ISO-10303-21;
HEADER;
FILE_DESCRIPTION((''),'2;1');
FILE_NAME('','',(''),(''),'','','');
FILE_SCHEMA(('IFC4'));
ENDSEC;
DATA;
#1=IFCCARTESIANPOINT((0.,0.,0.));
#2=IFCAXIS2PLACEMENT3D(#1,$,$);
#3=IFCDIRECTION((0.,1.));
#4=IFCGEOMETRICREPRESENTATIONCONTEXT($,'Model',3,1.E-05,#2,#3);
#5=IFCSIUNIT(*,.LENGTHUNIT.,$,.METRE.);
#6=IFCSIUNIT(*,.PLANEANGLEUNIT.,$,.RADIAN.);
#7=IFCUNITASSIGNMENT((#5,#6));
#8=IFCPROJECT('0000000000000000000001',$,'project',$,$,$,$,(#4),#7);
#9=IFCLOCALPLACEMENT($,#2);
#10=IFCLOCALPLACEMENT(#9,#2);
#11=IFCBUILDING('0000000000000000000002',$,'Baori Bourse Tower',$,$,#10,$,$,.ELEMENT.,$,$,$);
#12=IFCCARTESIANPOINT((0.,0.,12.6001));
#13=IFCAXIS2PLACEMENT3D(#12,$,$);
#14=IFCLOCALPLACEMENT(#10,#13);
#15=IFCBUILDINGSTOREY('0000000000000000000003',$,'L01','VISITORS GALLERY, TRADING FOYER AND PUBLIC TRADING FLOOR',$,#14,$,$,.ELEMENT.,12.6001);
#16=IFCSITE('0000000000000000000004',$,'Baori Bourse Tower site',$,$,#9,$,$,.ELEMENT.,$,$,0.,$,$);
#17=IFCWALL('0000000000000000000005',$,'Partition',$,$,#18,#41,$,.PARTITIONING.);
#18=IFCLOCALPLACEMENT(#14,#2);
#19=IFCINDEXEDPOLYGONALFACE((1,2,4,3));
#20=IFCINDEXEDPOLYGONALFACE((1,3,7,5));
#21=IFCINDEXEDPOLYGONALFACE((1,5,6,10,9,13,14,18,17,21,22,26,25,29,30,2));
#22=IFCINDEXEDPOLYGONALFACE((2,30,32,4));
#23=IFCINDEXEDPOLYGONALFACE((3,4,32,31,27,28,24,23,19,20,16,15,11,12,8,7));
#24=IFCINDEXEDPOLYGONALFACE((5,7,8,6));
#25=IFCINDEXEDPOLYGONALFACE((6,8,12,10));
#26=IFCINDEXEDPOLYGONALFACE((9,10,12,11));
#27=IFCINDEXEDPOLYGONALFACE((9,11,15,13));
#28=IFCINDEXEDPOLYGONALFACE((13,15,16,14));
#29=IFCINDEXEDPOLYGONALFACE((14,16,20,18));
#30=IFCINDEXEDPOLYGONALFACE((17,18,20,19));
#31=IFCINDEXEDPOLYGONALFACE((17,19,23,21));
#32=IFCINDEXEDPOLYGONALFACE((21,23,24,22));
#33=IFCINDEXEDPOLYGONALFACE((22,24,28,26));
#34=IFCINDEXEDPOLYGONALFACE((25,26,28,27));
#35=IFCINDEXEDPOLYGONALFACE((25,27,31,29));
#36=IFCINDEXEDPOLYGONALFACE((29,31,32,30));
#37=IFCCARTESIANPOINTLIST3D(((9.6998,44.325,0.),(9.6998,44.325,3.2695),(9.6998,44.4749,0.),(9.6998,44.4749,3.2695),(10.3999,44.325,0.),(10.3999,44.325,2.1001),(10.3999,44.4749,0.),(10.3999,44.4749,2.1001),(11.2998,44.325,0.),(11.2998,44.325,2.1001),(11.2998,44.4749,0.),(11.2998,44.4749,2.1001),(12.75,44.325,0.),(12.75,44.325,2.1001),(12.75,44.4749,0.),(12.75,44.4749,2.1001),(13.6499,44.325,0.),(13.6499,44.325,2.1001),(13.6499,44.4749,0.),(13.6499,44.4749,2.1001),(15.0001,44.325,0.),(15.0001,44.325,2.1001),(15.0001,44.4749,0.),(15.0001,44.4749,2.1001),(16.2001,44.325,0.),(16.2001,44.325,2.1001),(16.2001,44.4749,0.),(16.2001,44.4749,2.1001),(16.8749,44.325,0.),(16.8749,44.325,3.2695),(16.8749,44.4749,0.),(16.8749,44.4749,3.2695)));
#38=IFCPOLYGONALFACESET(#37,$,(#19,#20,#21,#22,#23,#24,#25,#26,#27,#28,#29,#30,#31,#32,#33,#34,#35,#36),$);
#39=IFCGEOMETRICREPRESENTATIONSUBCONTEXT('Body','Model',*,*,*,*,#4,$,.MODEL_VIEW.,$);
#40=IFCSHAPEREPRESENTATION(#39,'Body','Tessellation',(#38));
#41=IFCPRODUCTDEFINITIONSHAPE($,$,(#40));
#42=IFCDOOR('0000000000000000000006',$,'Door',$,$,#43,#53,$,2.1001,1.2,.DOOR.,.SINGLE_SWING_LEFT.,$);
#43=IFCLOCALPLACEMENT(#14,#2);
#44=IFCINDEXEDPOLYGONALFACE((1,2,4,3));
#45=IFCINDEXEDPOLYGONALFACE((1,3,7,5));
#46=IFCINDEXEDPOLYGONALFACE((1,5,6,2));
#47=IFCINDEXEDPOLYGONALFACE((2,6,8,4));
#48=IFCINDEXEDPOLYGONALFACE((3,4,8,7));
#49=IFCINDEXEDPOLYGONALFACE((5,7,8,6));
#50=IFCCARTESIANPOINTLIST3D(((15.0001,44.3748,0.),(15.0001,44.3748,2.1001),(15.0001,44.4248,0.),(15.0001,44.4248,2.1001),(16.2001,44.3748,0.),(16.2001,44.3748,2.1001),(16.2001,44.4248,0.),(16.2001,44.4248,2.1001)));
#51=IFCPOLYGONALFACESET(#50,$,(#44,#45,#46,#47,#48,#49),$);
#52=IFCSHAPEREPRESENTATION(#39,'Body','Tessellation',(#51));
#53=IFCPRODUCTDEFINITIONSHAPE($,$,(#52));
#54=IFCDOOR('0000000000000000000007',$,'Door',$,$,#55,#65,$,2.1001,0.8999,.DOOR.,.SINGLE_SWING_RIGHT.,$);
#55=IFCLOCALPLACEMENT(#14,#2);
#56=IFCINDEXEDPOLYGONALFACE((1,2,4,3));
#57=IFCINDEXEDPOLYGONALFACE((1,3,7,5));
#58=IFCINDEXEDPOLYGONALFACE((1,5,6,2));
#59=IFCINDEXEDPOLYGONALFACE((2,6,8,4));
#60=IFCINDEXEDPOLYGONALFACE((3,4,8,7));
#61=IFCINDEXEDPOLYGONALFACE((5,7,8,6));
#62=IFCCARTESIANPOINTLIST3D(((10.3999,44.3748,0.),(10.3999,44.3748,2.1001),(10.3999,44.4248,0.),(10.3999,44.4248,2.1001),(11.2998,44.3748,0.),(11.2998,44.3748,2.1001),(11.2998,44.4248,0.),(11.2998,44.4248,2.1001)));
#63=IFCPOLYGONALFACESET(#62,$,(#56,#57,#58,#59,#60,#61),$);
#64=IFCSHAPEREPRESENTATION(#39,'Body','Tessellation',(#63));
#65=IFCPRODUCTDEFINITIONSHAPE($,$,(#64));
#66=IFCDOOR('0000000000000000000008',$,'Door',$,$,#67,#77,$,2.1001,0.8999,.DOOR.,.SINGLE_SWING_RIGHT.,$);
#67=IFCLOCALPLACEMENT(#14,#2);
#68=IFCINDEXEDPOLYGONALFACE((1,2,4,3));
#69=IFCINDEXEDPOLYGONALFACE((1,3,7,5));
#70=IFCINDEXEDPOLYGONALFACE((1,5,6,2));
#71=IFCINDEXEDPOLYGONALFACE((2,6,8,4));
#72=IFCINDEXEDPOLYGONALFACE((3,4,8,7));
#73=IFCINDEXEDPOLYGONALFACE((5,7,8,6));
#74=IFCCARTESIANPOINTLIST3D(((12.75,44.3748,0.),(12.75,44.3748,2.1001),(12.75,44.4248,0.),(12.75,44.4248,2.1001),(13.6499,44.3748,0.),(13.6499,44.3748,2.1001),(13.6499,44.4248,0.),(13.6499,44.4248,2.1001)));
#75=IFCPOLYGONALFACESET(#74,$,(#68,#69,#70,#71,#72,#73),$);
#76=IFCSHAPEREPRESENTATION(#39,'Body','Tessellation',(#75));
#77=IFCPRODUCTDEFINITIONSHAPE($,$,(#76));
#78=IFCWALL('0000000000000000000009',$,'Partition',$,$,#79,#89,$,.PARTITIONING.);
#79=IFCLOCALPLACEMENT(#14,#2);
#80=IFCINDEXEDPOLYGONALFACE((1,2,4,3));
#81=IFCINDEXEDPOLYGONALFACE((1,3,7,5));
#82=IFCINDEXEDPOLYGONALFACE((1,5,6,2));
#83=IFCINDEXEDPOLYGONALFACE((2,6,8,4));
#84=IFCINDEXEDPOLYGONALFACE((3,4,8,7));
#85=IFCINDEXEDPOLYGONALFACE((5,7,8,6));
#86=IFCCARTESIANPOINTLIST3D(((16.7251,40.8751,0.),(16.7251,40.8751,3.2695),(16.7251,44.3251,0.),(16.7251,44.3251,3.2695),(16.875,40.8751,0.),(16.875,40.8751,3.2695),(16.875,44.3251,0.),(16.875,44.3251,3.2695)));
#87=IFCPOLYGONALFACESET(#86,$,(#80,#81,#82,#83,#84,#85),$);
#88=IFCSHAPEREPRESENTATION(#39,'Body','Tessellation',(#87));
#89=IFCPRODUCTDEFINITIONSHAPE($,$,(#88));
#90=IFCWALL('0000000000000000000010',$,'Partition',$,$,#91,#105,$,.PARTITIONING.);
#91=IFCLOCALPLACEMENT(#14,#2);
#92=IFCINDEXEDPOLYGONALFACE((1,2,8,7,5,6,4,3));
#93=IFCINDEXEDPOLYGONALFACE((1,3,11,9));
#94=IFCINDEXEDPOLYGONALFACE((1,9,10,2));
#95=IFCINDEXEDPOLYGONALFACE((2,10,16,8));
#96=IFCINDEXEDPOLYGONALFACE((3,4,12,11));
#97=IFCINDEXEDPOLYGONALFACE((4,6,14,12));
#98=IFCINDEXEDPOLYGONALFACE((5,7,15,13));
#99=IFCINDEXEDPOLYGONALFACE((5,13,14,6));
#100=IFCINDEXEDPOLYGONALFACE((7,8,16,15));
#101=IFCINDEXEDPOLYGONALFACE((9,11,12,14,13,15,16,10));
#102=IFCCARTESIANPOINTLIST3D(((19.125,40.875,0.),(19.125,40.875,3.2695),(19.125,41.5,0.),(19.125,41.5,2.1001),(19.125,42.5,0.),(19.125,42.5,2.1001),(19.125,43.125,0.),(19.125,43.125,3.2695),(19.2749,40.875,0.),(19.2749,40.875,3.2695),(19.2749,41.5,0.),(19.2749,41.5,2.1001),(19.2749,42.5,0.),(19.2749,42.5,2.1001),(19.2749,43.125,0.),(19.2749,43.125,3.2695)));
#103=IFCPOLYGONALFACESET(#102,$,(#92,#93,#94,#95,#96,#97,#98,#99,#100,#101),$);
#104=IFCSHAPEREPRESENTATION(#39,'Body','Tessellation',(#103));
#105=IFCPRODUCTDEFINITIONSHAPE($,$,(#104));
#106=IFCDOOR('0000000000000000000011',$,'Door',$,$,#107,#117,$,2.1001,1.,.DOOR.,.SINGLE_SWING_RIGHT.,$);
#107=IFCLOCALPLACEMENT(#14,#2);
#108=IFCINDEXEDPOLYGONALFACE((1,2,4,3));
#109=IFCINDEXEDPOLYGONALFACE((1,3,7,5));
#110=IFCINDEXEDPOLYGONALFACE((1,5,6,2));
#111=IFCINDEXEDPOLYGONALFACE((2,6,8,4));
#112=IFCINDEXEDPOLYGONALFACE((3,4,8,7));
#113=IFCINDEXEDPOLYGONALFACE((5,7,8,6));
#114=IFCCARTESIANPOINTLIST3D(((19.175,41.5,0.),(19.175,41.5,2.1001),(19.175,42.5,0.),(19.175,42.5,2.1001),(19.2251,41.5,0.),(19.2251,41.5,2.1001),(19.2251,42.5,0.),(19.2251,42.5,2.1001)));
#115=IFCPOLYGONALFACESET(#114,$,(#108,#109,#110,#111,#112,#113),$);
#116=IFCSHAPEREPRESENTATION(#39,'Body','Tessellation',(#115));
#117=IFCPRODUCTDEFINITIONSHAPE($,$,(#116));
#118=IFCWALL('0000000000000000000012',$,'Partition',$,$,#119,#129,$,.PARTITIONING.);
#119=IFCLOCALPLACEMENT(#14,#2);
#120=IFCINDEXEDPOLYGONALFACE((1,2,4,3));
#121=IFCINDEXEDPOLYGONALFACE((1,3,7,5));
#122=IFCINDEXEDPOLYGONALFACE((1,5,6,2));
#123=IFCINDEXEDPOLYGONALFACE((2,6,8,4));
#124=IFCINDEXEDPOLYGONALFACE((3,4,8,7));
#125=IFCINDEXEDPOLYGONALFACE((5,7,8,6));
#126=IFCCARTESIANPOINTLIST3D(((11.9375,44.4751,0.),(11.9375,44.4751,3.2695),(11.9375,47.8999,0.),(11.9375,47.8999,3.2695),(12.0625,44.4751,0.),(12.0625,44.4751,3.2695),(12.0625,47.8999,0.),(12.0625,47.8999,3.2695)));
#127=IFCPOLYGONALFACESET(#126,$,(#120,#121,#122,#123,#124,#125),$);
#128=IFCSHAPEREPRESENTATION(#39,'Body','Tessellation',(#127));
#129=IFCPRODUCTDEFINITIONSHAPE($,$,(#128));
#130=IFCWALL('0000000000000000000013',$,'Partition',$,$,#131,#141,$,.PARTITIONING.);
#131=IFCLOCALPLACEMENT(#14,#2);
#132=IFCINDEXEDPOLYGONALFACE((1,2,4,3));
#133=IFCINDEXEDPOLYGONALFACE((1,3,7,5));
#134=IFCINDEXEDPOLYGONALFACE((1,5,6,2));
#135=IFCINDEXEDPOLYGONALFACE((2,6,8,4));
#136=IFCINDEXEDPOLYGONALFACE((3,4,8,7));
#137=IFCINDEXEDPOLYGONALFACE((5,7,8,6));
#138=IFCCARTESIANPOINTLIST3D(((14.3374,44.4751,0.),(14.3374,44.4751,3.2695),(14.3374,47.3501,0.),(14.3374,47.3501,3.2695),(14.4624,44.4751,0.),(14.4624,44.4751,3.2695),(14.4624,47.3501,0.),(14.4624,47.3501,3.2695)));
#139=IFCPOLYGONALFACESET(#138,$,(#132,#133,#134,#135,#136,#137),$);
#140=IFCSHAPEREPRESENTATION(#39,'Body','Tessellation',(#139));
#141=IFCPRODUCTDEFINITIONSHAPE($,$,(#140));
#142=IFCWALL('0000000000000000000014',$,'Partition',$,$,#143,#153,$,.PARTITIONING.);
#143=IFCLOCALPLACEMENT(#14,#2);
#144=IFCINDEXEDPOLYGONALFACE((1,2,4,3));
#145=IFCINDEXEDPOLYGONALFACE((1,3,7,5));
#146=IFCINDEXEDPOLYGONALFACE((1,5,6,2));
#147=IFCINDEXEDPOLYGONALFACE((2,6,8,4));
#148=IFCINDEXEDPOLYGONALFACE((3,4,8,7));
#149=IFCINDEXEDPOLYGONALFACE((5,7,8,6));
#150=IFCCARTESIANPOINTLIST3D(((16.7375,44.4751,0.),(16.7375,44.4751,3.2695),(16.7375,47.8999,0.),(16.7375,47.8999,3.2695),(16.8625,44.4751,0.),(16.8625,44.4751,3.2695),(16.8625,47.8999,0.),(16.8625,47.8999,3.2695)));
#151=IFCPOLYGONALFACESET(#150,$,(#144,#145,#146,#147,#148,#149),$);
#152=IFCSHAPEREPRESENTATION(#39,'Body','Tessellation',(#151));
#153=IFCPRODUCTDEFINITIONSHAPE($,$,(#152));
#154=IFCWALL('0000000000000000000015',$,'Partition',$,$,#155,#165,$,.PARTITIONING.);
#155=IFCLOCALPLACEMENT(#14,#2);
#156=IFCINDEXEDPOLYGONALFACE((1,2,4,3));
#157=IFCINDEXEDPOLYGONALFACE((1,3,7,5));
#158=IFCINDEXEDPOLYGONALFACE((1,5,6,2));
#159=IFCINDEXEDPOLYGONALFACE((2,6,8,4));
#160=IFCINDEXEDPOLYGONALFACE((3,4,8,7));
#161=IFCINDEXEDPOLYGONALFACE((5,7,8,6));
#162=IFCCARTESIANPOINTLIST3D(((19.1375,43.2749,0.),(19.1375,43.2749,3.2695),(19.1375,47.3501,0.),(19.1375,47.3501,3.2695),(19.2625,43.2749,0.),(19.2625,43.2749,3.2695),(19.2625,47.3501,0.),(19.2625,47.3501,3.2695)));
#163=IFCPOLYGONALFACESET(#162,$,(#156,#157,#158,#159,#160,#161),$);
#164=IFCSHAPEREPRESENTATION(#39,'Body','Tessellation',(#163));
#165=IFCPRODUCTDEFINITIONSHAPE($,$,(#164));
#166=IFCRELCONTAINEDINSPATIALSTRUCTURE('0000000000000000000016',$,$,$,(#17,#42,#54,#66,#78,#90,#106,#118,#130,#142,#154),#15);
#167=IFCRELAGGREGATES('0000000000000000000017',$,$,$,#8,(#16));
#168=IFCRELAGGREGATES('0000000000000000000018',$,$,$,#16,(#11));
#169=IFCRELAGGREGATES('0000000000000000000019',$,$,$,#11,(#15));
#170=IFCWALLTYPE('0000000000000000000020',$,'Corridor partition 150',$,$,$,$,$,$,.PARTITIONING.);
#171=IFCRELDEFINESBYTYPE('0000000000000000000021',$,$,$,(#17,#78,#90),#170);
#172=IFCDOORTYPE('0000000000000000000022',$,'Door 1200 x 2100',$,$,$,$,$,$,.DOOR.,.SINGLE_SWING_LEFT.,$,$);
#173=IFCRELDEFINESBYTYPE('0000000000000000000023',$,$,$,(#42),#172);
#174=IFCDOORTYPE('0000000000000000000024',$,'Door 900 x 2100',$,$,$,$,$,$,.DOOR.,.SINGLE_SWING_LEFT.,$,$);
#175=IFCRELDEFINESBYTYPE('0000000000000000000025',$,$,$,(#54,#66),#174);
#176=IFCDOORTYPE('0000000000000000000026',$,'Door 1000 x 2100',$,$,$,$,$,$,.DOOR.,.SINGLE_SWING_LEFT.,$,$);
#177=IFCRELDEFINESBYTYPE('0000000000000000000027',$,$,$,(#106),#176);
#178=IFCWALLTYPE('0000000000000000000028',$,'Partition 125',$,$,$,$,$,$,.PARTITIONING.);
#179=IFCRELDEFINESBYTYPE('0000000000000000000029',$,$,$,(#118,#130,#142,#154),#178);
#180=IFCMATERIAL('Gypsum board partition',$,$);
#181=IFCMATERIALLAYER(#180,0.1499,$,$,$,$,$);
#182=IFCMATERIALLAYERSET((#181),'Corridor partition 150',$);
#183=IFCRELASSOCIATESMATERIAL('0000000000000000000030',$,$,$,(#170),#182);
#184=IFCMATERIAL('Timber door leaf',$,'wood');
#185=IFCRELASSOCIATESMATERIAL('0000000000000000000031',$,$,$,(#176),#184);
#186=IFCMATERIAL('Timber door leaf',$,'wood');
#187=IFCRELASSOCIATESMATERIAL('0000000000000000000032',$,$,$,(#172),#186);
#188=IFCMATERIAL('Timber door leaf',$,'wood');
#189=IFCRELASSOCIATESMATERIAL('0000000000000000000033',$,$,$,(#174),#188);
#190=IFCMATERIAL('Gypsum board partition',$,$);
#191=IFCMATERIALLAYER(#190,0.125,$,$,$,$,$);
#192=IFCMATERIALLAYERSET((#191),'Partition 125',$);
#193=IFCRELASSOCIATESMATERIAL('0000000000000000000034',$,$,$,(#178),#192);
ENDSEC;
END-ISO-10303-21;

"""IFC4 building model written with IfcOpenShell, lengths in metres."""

from ifc_helpers import new_model, si_unit, direction, frame, frame_2d, origin, place, context, subcontext, project, spatial, rectangle, extrude, material, layer, layer_set, type_object, element, fill, save


model = new_model("IFC4")

# Units and contexts
model_context = context("Model", 3, precision=1e-05, world=origin(), true_north=direction((0.0, 1.0)))
body_context = subcontext(model_context, "Body", "Model", "MODEL_VIEW")
ifc_project = project(units=[si_unit("LENGTHUNIT", "METRE"), si_unit("PLANEANGLEUNIT", "RADIAN")], contexts=[model_context])

# Site, building, storey
site_placement = place(None, origin())
site = spatial("IfcSite", under=ifc_project, at=site_placement, Name="Baori Bourse Tower site", CompositionType="ELEMENT", RefElevation=0.0)
building_placement = place(site_placement, origin())
building = spatial("IfcBuilding", under=site, at=building_placement, Name="Baori Bourse Tower", CompositionType="ELEMENT")
storey_placement = place(building_placement, frame((0.0, 0.0, 12.6001)))
storey = spatial("IfcBuildingStorey", under=building, at=storey_placement, Name="L01", Description="VISITORS GALLERY, TRADING FOYER AND PUBLIC TRADING FLOOR", CompositionType="ELEMENT", Elevation=12.6001)

# Wall, openings, doors
ifc_material_1 = material(Name="Gypsum board partition")
ifc_layer_1 = layer(ifc_material_1, 0.1499)
ifc_layer_set_1 = layer_set([ifc_layer_1], Name="Corridor partition 150")
wall_type_1 = type_object("IfcWallType", Name="Corridor partition 150", PredefinedType="PARTITIONING", material=ifc_layer_set_1)
ifc_material_2 = material(Name="Timber door leaf", Category="wood")
door_type_1 = type_object("IfcDoorType", Name="Door 1000 x 2100", OperationType="SINGLE_SWING_LEFT", PredefinedType="DOOR", material=ifc_material_2)
wall_1_placement = place(storey_placement, frame((9.7, 44.3999, 0.0), z_axis=(0.0, 0.0, 1.0), x_axis=(1.0, 0.0, 0.0)))
wall_1 = element("IfcWall", 1, at=wall_1_placement, inside=storey, type_object=wall_type_1, Name="Partition", PredefinedType="PARTITIONING", context=body_context, shape_type="SweptSolid", body=[
    extrude(rectangle(XDim=7.175, YDim=0.1499, at=frame_2d((3.5874, 0.0))), origin(), (0.0, 0.0, 1.0), 3.2695),
])
opening_1_placement = place(wall_1_placement, frame((0.7, 0.0, 0.0)))
opening_1 = element("IfcOpeningElement", 2, at=opening_1_placement, cuts=wall_1, PredefinedType="OPENING", context=body_context, shape_type="SweptSolid", body=[
    extrude(rectangle(XDim=0.8999, YDim=2.1001, at=frame_2d((0.45, 1.05))), frame((0.0, 0.085, 0.0), z_axis=(0.0, -1.0, 0.0), x_axis=(1.0, 0.0, 0.0)), (0.0, 0.0, 1.0), 0.1699),
])
opening_2_placement = place(wall_1_placement, frame((3.05, 0.0, 0.0)))
opening_2 = element("IfcOpeningElement", 3, at=opening_2_placement, cuts=wall_1, PredefinedType="OPENING", context=body_context, shape_type="SweptSolid", body=[
    extrude(rectangle(XDim=0.8999, YDim=2.1001, at=frame_2d((0.45, 1.05))), frame((0.0, 0.085, 0.0), z_axis=(0.0, -1.0, 0.0), x_axis=(1.0, 0.0, 0.0)), (0.0, 0.0, 1.0), 0.1699),
])
opening_3_placement = place(wall_1_placement, frame((5.3, 0.0, 0.0)))
opening_3 = element("IfcOpeningElement", 4, at=opening_3_placement, cuts=wall_1, PredefinedType="OPENING", context=body_context, shape_type="SweptSolid", body=[
    extrude(rectangle(XDim=1.2, YDim=2.1001, at=frame_2d((0.6001, 1.05))), frame((0.0, 0.085, 0.0), z_axis=(0.0, -1.0, 0.0), x_axis=(1.0, 0.0, 0.0)), (0.0, 0.0, 1.0), 0.1699),
])
ifc_material_3 = material(Name="Timber door leaf", Category="wood")
door_type_2 = type_object("IfcDoorType", Name="Door 1200 x 2100", OperationType="SINGLE_SWING_LEFT", PredefinedType="DOOR", material=ifc_material_3)
door_1_placement = place(opening_3_placement, origin())
door_1 = element("IfcDoor", 5, at=door_1_placement, inside=storey, type_object=door_type_2, Name="Door", OperationType="SINGLE_SWING_LEFT", OverallHeight=2.1001, OverallWidth=1.2, PredefinedType="DOOR", context=body_context, shape_type="SweptSolid", body=[
    extrude(rectangle(XDim=1.2, YDim=2.1001, at=frame_2d((0.6001, 1.05))), frame((0.0, 0.0249, 0.0), z_axis=(0.0, -1.0, 0.0), x_axis=(1.0, 0.0, 0.0)), (0.0, 0.0, 1.0), 0.05),
])
fill(opening_3, door_1)
ifc_material_4 = material(Name="Timber door leaf", Category="wood")
door_type_3 = type_object("IfcDoorType", Name="Door 900 x 2100", OperationType="SINGLE_SWING_LEFT", PredefinedType="DOOR", material=ifc_material_4)
door_2_placement = place(opening_1_placement, origin())
door_2 = element("IfcDoor", 6, at=door_2_placement, inside=storey, type_object=door_type_3, Name="Door", OperationType="SINGLE_SWING_RIGHT", OverallHeight=2.1001, OverallWidth=0.8999, PredefinedType="DOOR", context=body_context, shape_type="SweptSolid", body=[
    extrude(rectangle(XDim=0.8999, YDim=2.1001, at=frame_2d((0.45, 1.05))), frame((0.0, 0.0249, 0.0), z_axis=(0.0, -1.0, 0.0), x_axis=(1.0, 0.0, 0.0)), (0.0, 0.0, 1.0), 0.05),
])
fill(opening_1, door_2)
door_3_placement = place(opening_2_placement, origin())
door_3 = element("IfcDoor", 7, at=door_3_placement, inside=storey, type_object=door_type_3, Name="Door", OperationType="SINGLE_SWING_RIGHT", OverallHeight=2.1001, OverallWidth=0.8999, PredefinedType="DOOR", context=body_context, shape_type="SweptSolid", body=[
    extrude(rectangle(XDim=0.8999, YDim=2.1001, at=frame_2d((0.45, 1.05))), frame((0.0, 0.0249, 0.0), z_axis=(0.0, -1.0, 0.0), x_axis=(1.0, 0.0, 0.0)), (0.0, 0.0, 1.0), 0.05),
])
fill(opening_2, door_3)

# Wall
wall_2_placement = place(storey_placement, frame((16.8, 40.875, 0.0), z_axis=(0.0, 0.0, 1.0), x_axis=(0.0, 1.0, 0.0)))
element("IfcWall", 8, at=wall_2_placement, inside=storey, type_object=wall_type_1, Name="Partition", PredefinedType="PARTITIONING", context=body_context, shape_type="SweptSolid", body=[
    extrude(rectangle(XDim=3.45, YDim=0.1499, at=frame_2d((1.7251, 0.0))), origin(), (0.0, 0.0, 1.0), 3.2695),
])

# Wall, opening, door
wall_3_placement = place(storey_placement, frame((19.2, 40.875, 0.0), z_axis=(0.0, 0.0, 1.0), x_axis=(0.0, 1.0, 0.0)))
wall_3 = element("IfcWall", 9, at=wall_3_placement, inside=storey, type_object=wall_type_1, Name="Partition", PredefinedType="PARTITIONING", context=body_context, shape_type="SweptSolid", body=[
    extrude(rectangle(XDim=2.25, YDim=0.1499, at=frame_2d((1.125, 0.0))), origin(), (0.0, 0.0, 1.0), 3.2695),
])
opening_4_placement = place(wall_3_placement, frame((0.625, 0.0, 0.0)))
opening_4 = element("IfcOpeningElement", 10, at=opening_4_placement, cuts=wall_3, PredefinedType="OPENING", context=body_context, shape_type="SweptSolid", body=[
    extrude(rectangle(XDim=1.0, YDim=2.1001, at=frame_2d((0.5, 1.05))), frame((0.0, 0.085, 0.0), z_axis=(0.0, -1.0, 0.0), x_axis=(1.0, 0.0, 0.0)), (0.0, 0.0, 1.0), 0.1699),
])
door_4_placement = place(opening_4_placement, origin())
door_4 = element("IfcDoor", 11, at=door_4_placement, inside=storey, type_object=door_type_1, Name="Door", OperationType="SINGLE_SWING_RIGHT", OverallHeight=2.1001, OverallWidth=1.0, PredefinedType="DOOR", context=body_context, shape_type="SweptSolid", body=[
    extrude(rectangle(XDim=1.0, YDim=2.1001, at=frame_2d((0.5, 1.05))), frame((0.0, 0.0249, 0.0), z_axis=(0.0, -1.0, 0.0), x_axis=(1.0, 0.0, 0.0)), (0.0, 0.0, 1.0), 0.05),
])
fill(opening_4, door_4)

# Walls
ifc_material_5 = material(Name="Gypsum board partition")
ifc_layer_2 = layer(ifc_material_5, 0.125)
ifc_layer_set_2 = layer_set([ifc_layer_2], Name="Partition 125")
wall_type_2 = type_object("IfcWallType", Name="Partition 125", PredefinedType="PARTITIONING", material=ifc_layer_set_2)
wall_4_placement = place(storey_placement, frame((12.0, 44.4751, 0.0), z_axis=(0.0, 0.0, 1.0), x_axis=(0.0, 1.0, 0.0)))
element("IfcWall", 12, at=wall_4_placement, inside=storey, type_object=wall_type_2, Name="Partition", PredefinedType="PARTITIONING", context=body_context, shape_type="SweptSolid", body=[
    extrude(rectangle(XDim=3.4248, YDim=0.125, at=frame_2d((1.7124, 0.0))), origin(), (0.0, 0.0, 1.0), 3.2695),
])
wall_5_placement = place(storey_placement, frame((14.3999, 44.4751, 0.0), z_axis=(0.0, 0.0, 1.0), x_axis=(0.0, 1.0, 0.0)))
element("IfcWall", 13, at=wall_5_placement, inside=storey, type_object=wall_type_2, Name="Partition", PredefinedType="PARTITIONING", context=body_context, shape_type="SweptSolid", body=[
    extrude(rectangle(XDim=2.875, YDim=0.125, at=frame_2d((1.4375, 0.0))), origin(), (0.0, 0.0, 1.0), 3.2695),
])
wall_6_placement = place(storey_placement, frame((16.8, 44.4751, 0.0), z_axis=(0.0, 0.0, 1.0), x_axis=(0.0, 1.0, 0.0)))
element("IfcWall", 14, at=wall_6_placement, inside=storey, type_object=wall_type_2, Name="Partition", PredefinedType="PARTITIONING", context=body_context, shape_type="SweptSolid", body=[
    extrude(rectangle(XDim=3.4248, YDim=0.125, at=frame_2d((1.7124, 0.0))), origin(), (0.0, 0.0, 1.0), 3.2695),
])
wall_7_placement = place(storey_placement, frame((19.2, 43.2749, 0.0), z_axis=(0.0, 0.0, 1.0), x_axis=(0.0, 1.0, 0.0)))
element("IfcWall", 15, at=wall_7_placement, inside=storey, type_object=wall_type_2, Name="Partition", PredefinedType="PARTITIONING", context=body_context, shape_type="SweptSolid", body=[
    extrude(rectangle(XDim=4.0752, YDim=0.125, at=frame_2d((2.0376, 0.0))), origin(), (0.0, 0.0, 1.0), 3.2695),
])

save(model, "model.ifc")
